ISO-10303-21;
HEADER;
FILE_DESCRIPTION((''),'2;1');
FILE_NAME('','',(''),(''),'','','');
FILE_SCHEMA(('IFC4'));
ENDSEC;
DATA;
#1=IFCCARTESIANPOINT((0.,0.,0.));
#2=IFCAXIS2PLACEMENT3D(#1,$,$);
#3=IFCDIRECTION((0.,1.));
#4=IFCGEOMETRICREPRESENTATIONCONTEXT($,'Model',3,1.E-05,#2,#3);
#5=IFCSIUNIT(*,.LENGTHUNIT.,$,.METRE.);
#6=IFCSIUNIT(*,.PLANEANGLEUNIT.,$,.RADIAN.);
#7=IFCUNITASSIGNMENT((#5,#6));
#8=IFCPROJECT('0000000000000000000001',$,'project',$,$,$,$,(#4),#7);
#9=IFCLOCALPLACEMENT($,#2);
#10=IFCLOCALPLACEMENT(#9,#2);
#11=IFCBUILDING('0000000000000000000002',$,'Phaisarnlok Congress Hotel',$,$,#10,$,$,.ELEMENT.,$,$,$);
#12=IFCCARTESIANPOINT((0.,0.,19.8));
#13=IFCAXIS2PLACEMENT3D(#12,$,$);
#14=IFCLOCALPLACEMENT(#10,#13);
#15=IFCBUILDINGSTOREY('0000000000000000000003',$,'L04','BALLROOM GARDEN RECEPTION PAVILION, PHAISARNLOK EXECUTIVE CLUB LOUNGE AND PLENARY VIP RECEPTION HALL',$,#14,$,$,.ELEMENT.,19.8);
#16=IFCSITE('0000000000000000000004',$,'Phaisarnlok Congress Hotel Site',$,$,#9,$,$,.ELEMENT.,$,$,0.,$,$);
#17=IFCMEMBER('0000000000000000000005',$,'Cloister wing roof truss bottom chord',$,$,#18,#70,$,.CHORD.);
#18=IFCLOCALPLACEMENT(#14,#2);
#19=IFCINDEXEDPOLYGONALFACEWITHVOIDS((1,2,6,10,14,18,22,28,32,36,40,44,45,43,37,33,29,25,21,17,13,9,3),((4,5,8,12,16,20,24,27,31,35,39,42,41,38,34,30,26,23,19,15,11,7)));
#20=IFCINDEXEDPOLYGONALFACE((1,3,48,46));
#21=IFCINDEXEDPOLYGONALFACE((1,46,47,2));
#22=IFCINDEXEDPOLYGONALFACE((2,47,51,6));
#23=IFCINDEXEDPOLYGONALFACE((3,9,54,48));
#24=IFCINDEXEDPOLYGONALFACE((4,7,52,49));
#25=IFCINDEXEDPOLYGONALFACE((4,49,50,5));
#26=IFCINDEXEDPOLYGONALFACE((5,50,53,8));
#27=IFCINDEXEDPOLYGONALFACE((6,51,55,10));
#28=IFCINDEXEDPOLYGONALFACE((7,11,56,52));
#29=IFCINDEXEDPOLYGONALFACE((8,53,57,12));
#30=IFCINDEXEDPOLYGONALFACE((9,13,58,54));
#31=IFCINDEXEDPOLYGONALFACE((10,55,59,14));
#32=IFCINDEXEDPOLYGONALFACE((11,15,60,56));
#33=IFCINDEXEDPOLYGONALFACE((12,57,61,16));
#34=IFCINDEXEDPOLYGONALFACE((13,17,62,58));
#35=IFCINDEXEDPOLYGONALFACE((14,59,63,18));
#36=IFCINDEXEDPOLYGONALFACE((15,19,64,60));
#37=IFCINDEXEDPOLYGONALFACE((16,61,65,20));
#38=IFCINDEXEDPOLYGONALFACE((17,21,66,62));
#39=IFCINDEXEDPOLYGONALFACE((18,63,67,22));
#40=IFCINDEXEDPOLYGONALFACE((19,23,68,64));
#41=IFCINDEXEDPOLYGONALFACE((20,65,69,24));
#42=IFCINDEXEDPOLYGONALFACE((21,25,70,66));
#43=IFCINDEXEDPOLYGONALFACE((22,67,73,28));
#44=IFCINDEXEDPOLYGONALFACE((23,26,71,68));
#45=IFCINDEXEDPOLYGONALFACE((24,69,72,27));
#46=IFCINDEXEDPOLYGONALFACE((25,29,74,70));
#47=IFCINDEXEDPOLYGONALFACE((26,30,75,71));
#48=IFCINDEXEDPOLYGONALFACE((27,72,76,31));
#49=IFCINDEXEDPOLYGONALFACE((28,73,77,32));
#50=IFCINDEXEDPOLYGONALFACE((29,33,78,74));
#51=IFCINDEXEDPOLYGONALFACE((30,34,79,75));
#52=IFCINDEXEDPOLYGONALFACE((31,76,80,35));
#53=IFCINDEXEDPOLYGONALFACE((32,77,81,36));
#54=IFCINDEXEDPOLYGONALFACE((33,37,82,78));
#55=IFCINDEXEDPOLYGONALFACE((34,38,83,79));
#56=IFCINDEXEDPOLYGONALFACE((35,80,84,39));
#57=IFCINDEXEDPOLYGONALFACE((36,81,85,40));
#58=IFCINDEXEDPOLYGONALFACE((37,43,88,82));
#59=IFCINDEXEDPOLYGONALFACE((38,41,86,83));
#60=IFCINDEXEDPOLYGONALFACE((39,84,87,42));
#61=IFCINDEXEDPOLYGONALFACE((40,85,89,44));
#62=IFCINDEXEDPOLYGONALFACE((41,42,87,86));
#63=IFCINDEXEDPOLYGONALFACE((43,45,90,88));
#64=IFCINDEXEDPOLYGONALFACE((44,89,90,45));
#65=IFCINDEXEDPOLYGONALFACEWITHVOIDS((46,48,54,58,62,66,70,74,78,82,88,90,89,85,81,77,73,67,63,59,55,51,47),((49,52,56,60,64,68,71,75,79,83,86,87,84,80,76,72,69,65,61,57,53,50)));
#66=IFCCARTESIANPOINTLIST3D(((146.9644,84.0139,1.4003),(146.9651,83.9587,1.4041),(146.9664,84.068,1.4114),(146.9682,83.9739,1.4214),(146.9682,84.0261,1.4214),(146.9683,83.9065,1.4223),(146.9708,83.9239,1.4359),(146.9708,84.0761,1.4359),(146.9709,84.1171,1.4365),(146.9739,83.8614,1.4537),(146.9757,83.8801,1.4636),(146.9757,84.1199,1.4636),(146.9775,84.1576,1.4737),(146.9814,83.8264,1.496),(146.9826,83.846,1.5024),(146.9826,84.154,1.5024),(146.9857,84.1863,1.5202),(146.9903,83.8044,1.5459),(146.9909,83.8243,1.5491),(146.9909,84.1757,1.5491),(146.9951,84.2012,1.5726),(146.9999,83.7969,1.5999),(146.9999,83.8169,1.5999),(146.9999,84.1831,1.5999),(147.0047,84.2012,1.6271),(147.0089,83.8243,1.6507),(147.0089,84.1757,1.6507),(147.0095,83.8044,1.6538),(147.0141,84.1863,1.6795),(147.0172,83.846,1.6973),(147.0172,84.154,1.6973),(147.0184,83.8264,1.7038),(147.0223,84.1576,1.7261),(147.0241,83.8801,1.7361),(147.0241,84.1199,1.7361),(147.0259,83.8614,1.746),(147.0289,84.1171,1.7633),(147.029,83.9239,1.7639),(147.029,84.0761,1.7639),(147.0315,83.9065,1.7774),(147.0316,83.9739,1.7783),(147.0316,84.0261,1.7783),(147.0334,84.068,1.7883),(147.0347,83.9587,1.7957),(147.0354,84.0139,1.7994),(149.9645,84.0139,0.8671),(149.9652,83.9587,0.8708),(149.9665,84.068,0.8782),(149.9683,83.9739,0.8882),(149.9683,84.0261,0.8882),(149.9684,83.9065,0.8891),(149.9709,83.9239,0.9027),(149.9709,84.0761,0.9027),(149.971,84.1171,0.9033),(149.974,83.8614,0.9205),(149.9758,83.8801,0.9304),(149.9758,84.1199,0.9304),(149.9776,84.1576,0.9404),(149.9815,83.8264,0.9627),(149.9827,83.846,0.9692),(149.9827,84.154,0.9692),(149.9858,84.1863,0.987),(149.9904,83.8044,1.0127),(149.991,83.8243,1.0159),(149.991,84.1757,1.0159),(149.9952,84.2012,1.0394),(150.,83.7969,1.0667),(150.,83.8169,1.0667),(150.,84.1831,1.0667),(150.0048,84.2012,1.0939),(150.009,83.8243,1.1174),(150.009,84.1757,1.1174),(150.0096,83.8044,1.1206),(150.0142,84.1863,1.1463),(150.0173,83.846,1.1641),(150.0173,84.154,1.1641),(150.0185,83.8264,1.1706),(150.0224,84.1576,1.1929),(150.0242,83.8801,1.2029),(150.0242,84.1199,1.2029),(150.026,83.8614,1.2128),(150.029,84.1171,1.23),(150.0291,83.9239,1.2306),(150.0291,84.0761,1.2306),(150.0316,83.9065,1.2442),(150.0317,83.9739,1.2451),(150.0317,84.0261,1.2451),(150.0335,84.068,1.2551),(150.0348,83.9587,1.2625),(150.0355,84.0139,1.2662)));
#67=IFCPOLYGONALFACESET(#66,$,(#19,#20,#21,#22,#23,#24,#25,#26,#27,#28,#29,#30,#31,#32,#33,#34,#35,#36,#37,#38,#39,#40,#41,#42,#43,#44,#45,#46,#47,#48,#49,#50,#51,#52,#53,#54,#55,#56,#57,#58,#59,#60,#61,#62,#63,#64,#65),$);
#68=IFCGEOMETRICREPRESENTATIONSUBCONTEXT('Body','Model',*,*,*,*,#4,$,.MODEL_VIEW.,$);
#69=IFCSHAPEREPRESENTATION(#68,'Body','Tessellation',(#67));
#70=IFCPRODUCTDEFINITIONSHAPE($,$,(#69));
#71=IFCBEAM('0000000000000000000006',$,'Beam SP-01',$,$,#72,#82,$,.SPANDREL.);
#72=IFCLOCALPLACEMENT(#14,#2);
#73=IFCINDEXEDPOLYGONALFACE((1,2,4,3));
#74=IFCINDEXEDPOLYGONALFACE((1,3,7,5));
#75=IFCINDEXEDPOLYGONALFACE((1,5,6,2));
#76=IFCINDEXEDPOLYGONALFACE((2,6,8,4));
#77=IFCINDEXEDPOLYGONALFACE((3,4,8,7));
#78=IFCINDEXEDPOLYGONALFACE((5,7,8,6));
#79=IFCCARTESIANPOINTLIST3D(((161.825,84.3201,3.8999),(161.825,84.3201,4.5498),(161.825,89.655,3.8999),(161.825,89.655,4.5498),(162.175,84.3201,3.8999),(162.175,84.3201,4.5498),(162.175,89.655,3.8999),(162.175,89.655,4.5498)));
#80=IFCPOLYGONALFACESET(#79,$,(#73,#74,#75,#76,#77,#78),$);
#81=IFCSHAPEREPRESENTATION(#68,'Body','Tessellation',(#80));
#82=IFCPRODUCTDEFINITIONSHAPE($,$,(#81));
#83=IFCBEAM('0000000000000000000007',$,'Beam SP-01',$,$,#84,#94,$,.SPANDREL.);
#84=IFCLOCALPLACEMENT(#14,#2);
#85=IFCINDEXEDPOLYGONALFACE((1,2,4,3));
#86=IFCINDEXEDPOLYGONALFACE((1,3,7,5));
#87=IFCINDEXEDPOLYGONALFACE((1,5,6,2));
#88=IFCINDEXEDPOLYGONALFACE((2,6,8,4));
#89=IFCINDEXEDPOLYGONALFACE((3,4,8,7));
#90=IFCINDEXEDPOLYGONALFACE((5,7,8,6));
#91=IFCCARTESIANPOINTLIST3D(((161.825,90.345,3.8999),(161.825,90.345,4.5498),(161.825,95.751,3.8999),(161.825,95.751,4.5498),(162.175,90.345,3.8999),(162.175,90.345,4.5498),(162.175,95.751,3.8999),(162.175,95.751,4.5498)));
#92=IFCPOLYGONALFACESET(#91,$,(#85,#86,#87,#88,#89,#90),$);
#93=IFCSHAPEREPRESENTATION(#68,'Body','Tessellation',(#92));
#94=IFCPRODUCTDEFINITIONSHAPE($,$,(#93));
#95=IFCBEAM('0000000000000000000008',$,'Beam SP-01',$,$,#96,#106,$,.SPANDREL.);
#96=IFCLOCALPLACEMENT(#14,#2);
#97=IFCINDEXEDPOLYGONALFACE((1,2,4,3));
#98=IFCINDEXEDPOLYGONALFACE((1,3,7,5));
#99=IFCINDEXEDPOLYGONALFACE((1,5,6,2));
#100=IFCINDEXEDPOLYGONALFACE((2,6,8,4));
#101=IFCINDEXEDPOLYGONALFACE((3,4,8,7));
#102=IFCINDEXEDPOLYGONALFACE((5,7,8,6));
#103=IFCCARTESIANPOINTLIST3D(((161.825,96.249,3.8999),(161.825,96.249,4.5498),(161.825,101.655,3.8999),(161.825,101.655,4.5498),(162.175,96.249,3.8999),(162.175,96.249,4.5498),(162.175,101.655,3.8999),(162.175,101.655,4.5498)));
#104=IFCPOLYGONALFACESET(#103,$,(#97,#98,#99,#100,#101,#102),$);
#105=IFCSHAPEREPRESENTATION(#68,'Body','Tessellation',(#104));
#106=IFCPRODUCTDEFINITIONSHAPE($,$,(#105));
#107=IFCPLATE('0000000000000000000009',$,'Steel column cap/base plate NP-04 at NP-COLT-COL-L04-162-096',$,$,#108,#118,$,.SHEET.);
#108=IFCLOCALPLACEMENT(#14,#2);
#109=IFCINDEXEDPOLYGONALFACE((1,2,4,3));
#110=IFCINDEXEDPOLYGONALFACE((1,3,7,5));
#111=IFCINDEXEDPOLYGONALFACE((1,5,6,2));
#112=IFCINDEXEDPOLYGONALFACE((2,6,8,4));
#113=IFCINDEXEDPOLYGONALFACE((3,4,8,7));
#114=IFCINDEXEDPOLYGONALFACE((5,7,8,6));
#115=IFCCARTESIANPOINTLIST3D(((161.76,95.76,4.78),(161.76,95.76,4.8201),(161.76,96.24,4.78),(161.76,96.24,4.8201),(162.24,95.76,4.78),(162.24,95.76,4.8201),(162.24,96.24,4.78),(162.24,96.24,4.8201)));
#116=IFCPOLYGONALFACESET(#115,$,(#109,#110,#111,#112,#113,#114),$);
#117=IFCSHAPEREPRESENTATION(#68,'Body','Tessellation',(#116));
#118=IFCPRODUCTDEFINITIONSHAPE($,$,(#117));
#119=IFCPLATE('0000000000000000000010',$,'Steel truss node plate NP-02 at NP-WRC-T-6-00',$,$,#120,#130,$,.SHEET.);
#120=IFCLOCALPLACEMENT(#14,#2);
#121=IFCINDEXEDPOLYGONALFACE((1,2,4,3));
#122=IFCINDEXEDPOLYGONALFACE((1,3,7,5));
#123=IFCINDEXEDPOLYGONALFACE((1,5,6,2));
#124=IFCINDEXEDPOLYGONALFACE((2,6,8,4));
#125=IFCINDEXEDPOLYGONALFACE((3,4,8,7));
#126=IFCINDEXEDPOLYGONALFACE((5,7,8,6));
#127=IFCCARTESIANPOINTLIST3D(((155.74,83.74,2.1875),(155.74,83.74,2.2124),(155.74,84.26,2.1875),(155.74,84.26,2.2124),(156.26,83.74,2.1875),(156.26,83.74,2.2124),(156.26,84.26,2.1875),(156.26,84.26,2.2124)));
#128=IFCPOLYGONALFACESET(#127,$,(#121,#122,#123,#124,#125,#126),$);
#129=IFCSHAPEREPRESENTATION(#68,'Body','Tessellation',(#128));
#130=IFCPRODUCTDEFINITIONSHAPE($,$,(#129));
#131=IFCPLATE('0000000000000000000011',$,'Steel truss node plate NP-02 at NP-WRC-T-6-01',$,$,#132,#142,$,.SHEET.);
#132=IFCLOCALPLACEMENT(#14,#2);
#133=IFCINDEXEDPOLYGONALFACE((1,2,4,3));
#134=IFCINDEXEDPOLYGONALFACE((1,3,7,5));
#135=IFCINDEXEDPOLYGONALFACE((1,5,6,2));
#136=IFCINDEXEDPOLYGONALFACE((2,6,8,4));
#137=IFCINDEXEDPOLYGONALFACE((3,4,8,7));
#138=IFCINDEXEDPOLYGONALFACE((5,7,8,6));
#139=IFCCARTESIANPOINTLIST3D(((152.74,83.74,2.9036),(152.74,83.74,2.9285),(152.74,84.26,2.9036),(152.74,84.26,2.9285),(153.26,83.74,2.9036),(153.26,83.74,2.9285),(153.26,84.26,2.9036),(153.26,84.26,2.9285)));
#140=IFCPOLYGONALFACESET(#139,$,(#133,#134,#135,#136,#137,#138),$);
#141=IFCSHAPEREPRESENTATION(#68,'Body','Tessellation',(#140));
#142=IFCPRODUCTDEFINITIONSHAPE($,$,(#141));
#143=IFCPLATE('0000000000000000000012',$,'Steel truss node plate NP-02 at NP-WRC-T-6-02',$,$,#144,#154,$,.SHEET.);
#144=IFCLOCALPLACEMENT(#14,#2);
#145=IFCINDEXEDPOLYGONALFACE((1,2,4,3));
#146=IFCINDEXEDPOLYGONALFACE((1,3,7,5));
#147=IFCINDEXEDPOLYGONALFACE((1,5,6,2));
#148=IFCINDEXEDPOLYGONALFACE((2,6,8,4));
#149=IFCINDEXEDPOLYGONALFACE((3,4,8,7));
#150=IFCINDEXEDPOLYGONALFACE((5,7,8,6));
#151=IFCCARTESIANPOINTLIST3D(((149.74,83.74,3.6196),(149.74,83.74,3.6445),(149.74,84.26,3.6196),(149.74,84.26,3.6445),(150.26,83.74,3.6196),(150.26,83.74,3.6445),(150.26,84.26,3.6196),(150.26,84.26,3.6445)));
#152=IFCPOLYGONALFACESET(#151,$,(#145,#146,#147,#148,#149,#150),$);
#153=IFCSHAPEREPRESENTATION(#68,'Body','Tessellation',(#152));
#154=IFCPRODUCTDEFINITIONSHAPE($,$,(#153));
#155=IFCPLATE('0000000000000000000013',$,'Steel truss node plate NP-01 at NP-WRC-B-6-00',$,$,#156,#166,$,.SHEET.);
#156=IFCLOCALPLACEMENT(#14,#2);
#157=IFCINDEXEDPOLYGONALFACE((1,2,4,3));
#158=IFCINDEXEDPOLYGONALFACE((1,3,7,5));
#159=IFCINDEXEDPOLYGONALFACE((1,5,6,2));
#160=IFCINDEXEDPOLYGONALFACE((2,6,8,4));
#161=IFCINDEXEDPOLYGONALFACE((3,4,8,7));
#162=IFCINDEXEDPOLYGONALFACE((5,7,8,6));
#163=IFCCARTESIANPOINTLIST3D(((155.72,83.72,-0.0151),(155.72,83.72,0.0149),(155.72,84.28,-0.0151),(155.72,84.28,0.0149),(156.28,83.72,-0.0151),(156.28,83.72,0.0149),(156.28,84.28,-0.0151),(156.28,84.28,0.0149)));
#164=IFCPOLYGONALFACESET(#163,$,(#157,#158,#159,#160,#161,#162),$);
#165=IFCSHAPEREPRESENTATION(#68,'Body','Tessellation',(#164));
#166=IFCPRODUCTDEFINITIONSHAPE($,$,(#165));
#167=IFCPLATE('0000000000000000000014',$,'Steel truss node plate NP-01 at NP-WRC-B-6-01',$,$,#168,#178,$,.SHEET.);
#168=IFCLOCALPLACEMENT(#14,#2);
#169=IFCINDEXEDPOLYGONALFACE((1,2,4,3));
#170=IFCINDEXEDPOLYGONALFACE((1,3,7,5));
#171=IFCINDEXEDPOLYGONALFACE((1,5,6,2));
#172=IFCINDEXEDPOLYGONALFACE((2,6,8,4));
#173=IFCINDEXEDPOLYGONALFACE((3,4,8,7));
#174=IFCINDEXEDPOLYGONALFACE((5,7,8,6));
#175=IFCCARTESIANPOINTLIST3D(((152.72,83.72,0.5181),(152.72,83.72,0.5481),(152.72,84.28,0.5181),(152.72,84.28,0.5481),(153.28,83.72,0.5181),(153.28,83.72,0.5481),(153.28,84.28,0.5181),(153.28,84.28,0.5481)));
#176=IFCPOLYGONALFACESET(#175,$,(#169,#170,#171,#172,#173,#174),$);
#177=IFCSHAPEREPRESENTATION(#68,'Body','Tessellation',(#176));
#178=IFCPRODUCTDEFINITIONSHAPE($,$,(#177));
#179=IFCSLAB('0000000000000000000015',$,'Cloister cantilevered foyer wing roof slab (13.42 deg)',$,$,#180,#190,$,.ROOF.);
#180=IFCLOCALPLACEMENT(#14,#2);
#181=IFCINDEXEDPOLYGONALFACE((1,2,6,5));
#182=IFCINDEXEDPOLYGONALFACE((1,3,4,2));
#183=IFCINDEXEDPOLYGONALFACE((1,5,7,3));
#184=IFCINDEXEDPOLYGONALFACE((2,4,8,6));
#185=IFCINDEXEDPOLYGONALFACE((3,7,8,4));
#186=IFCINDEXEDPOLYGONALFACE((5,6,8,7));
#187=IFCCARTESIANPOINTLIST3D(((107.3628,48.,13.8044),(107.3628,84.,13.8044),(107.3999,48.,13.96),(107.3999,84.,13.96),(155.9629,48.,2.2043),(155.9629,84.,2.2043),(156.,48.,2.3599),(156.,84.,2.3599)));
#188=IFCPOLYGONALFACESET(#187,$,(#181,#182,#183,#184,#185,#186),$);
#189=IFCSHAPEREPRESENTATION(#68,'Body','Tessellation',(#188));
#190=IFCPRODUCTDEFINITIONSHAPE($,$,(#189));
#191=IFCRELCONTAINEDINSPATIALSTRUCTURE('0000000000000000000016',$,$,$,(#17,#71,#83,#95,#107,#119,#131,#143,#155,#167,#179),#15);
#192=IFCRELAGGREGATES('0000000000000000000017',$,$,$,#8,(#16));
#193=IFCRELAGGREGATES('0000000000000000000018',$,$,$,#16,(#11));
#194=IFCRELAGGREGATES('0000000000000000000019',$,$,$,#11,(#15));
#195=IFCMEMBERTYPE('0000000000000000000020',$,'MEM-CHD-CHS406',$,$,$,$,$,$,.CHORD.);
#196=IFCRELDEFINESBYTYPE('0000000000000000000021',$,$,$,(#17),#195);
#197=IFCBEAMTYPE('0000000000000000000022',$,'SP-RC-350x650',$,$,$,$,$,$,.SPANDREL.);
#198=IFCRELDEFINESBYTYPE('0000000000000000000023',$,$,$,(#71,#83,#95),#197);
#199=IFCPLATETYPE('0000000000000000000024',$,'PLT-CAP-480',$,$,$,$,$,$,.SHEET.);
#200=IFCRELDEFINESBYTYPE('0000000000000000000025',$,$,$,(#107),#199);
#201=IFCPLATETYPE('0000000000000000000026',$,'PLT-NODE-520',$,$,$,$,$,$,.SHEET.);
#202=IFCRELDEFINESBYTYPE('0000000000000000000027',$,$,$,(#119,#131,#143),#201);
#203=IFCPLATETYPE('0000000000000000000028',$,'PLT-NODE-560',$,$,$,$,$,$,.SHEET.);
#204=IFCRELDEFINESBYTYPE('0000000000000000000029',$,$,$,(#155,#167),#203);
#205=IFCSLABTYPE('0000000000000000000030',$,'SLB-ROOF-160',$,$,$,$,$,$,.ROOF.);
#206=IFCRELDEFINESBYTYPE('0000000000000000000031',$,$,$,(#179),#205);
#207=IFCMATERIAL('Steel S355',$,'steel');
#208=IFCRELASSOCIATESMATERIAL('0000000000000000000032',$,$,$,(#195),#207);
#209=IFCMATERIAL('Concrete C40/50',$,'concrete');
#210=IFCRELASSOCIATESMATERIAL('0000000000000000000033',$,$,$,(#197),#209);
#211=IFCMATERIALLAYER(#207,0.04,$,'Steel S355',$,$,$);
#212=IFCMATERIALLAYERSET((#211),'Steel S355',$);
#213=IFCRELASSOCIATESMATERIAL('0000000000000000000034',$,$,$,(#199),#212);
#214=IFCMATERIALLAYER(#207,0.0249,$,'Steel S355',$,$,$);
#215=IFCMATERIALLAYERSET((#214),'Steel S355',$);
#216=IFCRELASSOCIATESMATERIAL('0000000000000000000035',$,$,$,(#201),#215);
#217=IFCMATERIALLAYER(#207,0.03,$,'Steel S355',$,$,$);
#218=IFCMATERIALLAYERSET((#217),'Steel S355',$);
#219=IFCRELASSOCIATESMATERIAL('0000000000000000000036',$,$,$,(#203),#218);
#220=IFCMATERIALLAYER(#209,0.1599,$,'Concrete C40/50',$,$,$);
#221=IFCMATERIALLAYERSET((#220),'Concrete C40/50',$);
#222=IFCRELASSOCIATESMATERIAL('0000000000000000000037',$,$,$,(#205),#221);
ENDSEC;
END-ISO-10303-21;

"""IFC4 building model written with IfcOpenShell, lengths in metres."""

from ifc_helpers import new_model, si_unit, direction, frame, origin, origin_2d, place, context, subcontext, project, spatial, polyline, rectangle, hollow_circle, outline, extrude, material, layer, layer_set, material_profile, profile_set, type_object, element, save


model = new_model("IFC4")

# Units and contexts
model_context = context("Model", 3, precision=1e-05, world=origin(), true_north=direction((0.0, 1.0)))
body_context = subcontext(model_context, "Body", "Model", "MODEL_VIEW")
ifc_project = project(units=[si_unit("LENGTHUNIT", "METRE"), si_unit("PLANEANGLEUNIT", "RADIAN")], contexts=[model_context])

# Site, building, storey
site_placement = place(None, origin())
site = spatial("IfcSite", under=ifc_project, at=site_placement, Name="Phaisarnlok Congress Hotel Site", CompositionType="ELEMENT", RefElevation=0.0)
building_placement = place(site_placement, origin())
building = spatial("IfcBuilding", under=site, at=building_placement, Name="Phaisarnlok Congress Hotel", CompositionType="ELEMENT")
storey_placement = place(building_placement, frame((0.0, 0.0, 19.8)))
storey = spatial("IfcBuildingStorey", under=building, at=storey_placement, Name="L04", Description="BALLROOM GARDEN RECEPTION PAVILION, PHAISARNLOK EXECUTIVE CLUB LOUNGE AND PLENARY VIP RECEPTION HALL", CompositionType="ELEMENT", Elevation=19.8)

# Shared definitions
ifc_material_1 = material(Name="Steel S355", Category="steel")

# Member
ifc_material_profile_1 = material_profile(ifc_material_1, hollow_circle(Radius=0.2031, WallThickness=0.02, at=origin_2d()), Name="CHS 406.4x20")
ifc_profile_set_1 = profile_set([ifc_material_profile_1], Name="Steel S355")
member_type_1 = type_object("IfcMemberType", Name="MEM-CHD-CHS406", PredefinedType="CHORD", material=ifc_profile_set_1)
for number, where, z_axis, x_axis, name in (
    (1, (150.0, 84.0, 1.0667), (-0.98457, 0.0, 0.174992), (0.0, -1.0, 0.0), "Cloister wing roof truss bottom chord"),
):
    element("IfcMember", number, at=place(storey_placement, frame(where, z_axis=z_axis, x_axis=x_axis)), inside=storey, type_object=member_type_1, Name=name, PredefinedType="CHORD", context=body_context, shape_type="SweptSolid", body=[
        extrude(hollow_circle(Radius=0.2031, WallThickness=0.02, at=origin_2d()), origin(), (0.0, 0.0, 1.0), 3.0471),
    ])

# Beams
ifc_material_2 = material(Name="Concrete C40/50", Category="concrete")
ifc_material_profile_2 = material_profile(ifc_material_2, rectangle(XDim=0.3501, YDim=0.6499, at=origin_2d()), Name="RC 350x650")
ifc_profile_set_2 = profile_set([ifc_material_profile_2], Name="Concrete C40/50")
beam_type = type_object("IfcBeamType", Name="SP-RC-350x650", PredefinedType="SPANDREL", material=ifc_profile_set_2)
beam_placement = place(storey_placement, frame((162.0, 84.3201, 4.2249), z_axis=(0.0, 1.0, 0.0), x_axis=(-1.0, 0.0, 0.0)))
element("IfcBeam", 2, at=beam_placement, inside=storey, type_object=beam_type, Name="Beam SP-01", PredefinedType="SPANDREL", context=body_context, shape_type="SweptSolid", body=[
    extrude(rectangle(XDim=0.3501, YDim=0.6499, at=origin_2d()), origin(), (0.0, 0.0, 1.0), 5.335),
])
for number, where, z_axis, x_axis, name in (
    (3, (162.0, 90.345, 4.2249), (0.0, 1.0, 0.0), (-1.0, 0.0, 0.0), "Beam SP-01"),
    (4, (162.0, 96.249, 4.2249), (0.0, 1.0, 0.0), (-1.0, 0.0, 0.0), "Beam SP-01"),
):
    element("IfcBeam", number, at=place(storey_placement, frame(where, z_axis=z_axis, x_axis=x_axis)), inside=storey, type_object=beam_type, Name=name, PredefinedType="SPANDREL", context=body_context, shape_type="SweptSolid", body=[
        extrude(rectangle(XDim=0.3501, YDim=0.6499, at=origin_2d()), origin(), (0.0, 0.0, 1.0), 5.406),
    ])

# Plates
ifc_layer_1 = layer(ifc_material_1, 0.04, Name="Steel S355")
ifc_layer_set_1 = layer_set([ifc_layer_1], Name="Steel S355")
plate_type_1 = type_object("IfcPlateType", Name="PLT-CAP-480", PredefinedType="SHEET", material=ifc_layer_set_1)
plate_placement = place(storey_placement, frame((162.0, 96.0, 4.78), z_axis=(0.0, 0.0, 1.0), x_axis=(1.0, 0.0, 0.0)))
element("IfcPlate", 5, at=plate_placement, inside=storey, type_object=plate_type_1, Name="Steel column cap/base plate NP-04 at NP-COLT-COL-L04-162-096", PredefinedType="SHEET", context=body_context, shape_type="SweptSolid", body=[
    extrude(rectangle(XDim=0.48, YDim=0.48, at=origin_2d()), origin(), (0.0, 0.0, 1.0), 0.04),
])
ifc_layer_2 = layer(ifc_material_1, 0.0249, Name="Steel S355")
ifc_layer_set_2 = layer_set([ifc_layer_2], Name="Steel S355")
plate_type_2 = type_object("IfcPlateType", Name="PLT-NODE-520", PredefinedType="SHEET", material=ifc_layer_set_2)
for number, where, z_axis, x_axis, name in (
    (6, (156.0, 84.0, 2.1875), (0.0, 0.0, 1.0), (1.0, 0.0, 0.0), "Steel truss node plate NP-02 at NP-WRC-T-6-00"),
    (7, (153.0, 84.0, 2.9036), (0.0, 0.0, 1.0), (1.0, 0.0, 0.0), "Steel truss node plate NP-02 at NP-WRC-T-6-01"),
    (8, (150.0, 84.0, 3.6196), (0.0, 0.0, 1.0), (1.0, 0.0, 0.0), "Steel truss node plate NP-02 at NP-WRC-T-6-02"),
):
    element("IfcPlate", number, at=place(storey_placement, frame(where, z_axis=z_axis, x_axis=x_axis)), inside=storey, type_object=plate_type_2, Name=name, PredefinedType="SHEET", context=body_context, shape_type="SweptSolid", body=[
        extrude(rectangle(XDim=0.52, YDim=0.52, at=origin_2d()), origin(), (0.0, 0.0, 1.0), 0.0249),
    ])
ifc_layer_3 = layer(ifc_material_1, 0.03, Name="Steel S355")
ifc_layer_set_3 = layer_set([ifc_layer_3], Name="Steel S355")
plate_type_3 = type_object("IfcPlateType", Name="PLT-NODE-560", PredefinedType="SHEET", material=ifc_layer_set_3)
for number, where, z_axis, x_axis, name in (
    (9, (156.0, 84.0, -0.0151), (0.0, 0.0, 1.0), (1.0, 0.0, 0.0), "Steel truss node plate NP-01 at NP-WRC-B-6-00"),
    (10, (153.0, 84.0, 0.5181), (0.0, 0.0, 1.0), (1.0, 0.0, 0.0), "Steel truss node plate NP-01 at NP-WRC-B-6-01"),
):
    element("IfcPlate", number, at=place(storey_placement, frame(where, z_axis=z_axis, x_axis=x_axis)), inside=storey, type_object=plate_type_3, Name=name, PredefinedType="SHEET", context=body_context, shape_type="SweptSolid", body=[
        extrude(rectangle(XDim=0.5601, YDim=0.5601, at=origin_2d()), origin(), (0.0, 0.0, 1.0), 0.03),
    ])

# Slab
ifc_layer_4 = layer(ifc_material_2, 0.1599, Name="Concrete C40/50")
ifc_layer_set_4 = layer_set([ifc_layer_4], Name="Concrete C40/50")
slab_type = type_object("IfcSlabType", Name="SLB-ROOF-160", PredefinedType="ROOF", material=ifc_layer_set_4)
slab_placement = place(storey_placement, frame((156.0, 84.0, 2.3599), z_axis=(0.232163, 0.0, 0.972677), x_axis=(0.0, -1.0, 0.0)))
element("IfcSlab", 11, at=slab_placement, inside=storey, type_object=slab_type, Name="Cloister cantilevered foyer wing roof slab (13.42 deg)", PredefinedType="ROOF", context=body_context, shape_type="SweptSolid", body=[
    extrude(outline(polyline([(0.0, 0.0), (36.0, 0.0), (36.0, -49.9653), (0.0, -49.9653), (0.0, 0.0)])), origin(), (0.0, 0.0, -1.0), 0.1599),
])

save(model, "model.ifc")
